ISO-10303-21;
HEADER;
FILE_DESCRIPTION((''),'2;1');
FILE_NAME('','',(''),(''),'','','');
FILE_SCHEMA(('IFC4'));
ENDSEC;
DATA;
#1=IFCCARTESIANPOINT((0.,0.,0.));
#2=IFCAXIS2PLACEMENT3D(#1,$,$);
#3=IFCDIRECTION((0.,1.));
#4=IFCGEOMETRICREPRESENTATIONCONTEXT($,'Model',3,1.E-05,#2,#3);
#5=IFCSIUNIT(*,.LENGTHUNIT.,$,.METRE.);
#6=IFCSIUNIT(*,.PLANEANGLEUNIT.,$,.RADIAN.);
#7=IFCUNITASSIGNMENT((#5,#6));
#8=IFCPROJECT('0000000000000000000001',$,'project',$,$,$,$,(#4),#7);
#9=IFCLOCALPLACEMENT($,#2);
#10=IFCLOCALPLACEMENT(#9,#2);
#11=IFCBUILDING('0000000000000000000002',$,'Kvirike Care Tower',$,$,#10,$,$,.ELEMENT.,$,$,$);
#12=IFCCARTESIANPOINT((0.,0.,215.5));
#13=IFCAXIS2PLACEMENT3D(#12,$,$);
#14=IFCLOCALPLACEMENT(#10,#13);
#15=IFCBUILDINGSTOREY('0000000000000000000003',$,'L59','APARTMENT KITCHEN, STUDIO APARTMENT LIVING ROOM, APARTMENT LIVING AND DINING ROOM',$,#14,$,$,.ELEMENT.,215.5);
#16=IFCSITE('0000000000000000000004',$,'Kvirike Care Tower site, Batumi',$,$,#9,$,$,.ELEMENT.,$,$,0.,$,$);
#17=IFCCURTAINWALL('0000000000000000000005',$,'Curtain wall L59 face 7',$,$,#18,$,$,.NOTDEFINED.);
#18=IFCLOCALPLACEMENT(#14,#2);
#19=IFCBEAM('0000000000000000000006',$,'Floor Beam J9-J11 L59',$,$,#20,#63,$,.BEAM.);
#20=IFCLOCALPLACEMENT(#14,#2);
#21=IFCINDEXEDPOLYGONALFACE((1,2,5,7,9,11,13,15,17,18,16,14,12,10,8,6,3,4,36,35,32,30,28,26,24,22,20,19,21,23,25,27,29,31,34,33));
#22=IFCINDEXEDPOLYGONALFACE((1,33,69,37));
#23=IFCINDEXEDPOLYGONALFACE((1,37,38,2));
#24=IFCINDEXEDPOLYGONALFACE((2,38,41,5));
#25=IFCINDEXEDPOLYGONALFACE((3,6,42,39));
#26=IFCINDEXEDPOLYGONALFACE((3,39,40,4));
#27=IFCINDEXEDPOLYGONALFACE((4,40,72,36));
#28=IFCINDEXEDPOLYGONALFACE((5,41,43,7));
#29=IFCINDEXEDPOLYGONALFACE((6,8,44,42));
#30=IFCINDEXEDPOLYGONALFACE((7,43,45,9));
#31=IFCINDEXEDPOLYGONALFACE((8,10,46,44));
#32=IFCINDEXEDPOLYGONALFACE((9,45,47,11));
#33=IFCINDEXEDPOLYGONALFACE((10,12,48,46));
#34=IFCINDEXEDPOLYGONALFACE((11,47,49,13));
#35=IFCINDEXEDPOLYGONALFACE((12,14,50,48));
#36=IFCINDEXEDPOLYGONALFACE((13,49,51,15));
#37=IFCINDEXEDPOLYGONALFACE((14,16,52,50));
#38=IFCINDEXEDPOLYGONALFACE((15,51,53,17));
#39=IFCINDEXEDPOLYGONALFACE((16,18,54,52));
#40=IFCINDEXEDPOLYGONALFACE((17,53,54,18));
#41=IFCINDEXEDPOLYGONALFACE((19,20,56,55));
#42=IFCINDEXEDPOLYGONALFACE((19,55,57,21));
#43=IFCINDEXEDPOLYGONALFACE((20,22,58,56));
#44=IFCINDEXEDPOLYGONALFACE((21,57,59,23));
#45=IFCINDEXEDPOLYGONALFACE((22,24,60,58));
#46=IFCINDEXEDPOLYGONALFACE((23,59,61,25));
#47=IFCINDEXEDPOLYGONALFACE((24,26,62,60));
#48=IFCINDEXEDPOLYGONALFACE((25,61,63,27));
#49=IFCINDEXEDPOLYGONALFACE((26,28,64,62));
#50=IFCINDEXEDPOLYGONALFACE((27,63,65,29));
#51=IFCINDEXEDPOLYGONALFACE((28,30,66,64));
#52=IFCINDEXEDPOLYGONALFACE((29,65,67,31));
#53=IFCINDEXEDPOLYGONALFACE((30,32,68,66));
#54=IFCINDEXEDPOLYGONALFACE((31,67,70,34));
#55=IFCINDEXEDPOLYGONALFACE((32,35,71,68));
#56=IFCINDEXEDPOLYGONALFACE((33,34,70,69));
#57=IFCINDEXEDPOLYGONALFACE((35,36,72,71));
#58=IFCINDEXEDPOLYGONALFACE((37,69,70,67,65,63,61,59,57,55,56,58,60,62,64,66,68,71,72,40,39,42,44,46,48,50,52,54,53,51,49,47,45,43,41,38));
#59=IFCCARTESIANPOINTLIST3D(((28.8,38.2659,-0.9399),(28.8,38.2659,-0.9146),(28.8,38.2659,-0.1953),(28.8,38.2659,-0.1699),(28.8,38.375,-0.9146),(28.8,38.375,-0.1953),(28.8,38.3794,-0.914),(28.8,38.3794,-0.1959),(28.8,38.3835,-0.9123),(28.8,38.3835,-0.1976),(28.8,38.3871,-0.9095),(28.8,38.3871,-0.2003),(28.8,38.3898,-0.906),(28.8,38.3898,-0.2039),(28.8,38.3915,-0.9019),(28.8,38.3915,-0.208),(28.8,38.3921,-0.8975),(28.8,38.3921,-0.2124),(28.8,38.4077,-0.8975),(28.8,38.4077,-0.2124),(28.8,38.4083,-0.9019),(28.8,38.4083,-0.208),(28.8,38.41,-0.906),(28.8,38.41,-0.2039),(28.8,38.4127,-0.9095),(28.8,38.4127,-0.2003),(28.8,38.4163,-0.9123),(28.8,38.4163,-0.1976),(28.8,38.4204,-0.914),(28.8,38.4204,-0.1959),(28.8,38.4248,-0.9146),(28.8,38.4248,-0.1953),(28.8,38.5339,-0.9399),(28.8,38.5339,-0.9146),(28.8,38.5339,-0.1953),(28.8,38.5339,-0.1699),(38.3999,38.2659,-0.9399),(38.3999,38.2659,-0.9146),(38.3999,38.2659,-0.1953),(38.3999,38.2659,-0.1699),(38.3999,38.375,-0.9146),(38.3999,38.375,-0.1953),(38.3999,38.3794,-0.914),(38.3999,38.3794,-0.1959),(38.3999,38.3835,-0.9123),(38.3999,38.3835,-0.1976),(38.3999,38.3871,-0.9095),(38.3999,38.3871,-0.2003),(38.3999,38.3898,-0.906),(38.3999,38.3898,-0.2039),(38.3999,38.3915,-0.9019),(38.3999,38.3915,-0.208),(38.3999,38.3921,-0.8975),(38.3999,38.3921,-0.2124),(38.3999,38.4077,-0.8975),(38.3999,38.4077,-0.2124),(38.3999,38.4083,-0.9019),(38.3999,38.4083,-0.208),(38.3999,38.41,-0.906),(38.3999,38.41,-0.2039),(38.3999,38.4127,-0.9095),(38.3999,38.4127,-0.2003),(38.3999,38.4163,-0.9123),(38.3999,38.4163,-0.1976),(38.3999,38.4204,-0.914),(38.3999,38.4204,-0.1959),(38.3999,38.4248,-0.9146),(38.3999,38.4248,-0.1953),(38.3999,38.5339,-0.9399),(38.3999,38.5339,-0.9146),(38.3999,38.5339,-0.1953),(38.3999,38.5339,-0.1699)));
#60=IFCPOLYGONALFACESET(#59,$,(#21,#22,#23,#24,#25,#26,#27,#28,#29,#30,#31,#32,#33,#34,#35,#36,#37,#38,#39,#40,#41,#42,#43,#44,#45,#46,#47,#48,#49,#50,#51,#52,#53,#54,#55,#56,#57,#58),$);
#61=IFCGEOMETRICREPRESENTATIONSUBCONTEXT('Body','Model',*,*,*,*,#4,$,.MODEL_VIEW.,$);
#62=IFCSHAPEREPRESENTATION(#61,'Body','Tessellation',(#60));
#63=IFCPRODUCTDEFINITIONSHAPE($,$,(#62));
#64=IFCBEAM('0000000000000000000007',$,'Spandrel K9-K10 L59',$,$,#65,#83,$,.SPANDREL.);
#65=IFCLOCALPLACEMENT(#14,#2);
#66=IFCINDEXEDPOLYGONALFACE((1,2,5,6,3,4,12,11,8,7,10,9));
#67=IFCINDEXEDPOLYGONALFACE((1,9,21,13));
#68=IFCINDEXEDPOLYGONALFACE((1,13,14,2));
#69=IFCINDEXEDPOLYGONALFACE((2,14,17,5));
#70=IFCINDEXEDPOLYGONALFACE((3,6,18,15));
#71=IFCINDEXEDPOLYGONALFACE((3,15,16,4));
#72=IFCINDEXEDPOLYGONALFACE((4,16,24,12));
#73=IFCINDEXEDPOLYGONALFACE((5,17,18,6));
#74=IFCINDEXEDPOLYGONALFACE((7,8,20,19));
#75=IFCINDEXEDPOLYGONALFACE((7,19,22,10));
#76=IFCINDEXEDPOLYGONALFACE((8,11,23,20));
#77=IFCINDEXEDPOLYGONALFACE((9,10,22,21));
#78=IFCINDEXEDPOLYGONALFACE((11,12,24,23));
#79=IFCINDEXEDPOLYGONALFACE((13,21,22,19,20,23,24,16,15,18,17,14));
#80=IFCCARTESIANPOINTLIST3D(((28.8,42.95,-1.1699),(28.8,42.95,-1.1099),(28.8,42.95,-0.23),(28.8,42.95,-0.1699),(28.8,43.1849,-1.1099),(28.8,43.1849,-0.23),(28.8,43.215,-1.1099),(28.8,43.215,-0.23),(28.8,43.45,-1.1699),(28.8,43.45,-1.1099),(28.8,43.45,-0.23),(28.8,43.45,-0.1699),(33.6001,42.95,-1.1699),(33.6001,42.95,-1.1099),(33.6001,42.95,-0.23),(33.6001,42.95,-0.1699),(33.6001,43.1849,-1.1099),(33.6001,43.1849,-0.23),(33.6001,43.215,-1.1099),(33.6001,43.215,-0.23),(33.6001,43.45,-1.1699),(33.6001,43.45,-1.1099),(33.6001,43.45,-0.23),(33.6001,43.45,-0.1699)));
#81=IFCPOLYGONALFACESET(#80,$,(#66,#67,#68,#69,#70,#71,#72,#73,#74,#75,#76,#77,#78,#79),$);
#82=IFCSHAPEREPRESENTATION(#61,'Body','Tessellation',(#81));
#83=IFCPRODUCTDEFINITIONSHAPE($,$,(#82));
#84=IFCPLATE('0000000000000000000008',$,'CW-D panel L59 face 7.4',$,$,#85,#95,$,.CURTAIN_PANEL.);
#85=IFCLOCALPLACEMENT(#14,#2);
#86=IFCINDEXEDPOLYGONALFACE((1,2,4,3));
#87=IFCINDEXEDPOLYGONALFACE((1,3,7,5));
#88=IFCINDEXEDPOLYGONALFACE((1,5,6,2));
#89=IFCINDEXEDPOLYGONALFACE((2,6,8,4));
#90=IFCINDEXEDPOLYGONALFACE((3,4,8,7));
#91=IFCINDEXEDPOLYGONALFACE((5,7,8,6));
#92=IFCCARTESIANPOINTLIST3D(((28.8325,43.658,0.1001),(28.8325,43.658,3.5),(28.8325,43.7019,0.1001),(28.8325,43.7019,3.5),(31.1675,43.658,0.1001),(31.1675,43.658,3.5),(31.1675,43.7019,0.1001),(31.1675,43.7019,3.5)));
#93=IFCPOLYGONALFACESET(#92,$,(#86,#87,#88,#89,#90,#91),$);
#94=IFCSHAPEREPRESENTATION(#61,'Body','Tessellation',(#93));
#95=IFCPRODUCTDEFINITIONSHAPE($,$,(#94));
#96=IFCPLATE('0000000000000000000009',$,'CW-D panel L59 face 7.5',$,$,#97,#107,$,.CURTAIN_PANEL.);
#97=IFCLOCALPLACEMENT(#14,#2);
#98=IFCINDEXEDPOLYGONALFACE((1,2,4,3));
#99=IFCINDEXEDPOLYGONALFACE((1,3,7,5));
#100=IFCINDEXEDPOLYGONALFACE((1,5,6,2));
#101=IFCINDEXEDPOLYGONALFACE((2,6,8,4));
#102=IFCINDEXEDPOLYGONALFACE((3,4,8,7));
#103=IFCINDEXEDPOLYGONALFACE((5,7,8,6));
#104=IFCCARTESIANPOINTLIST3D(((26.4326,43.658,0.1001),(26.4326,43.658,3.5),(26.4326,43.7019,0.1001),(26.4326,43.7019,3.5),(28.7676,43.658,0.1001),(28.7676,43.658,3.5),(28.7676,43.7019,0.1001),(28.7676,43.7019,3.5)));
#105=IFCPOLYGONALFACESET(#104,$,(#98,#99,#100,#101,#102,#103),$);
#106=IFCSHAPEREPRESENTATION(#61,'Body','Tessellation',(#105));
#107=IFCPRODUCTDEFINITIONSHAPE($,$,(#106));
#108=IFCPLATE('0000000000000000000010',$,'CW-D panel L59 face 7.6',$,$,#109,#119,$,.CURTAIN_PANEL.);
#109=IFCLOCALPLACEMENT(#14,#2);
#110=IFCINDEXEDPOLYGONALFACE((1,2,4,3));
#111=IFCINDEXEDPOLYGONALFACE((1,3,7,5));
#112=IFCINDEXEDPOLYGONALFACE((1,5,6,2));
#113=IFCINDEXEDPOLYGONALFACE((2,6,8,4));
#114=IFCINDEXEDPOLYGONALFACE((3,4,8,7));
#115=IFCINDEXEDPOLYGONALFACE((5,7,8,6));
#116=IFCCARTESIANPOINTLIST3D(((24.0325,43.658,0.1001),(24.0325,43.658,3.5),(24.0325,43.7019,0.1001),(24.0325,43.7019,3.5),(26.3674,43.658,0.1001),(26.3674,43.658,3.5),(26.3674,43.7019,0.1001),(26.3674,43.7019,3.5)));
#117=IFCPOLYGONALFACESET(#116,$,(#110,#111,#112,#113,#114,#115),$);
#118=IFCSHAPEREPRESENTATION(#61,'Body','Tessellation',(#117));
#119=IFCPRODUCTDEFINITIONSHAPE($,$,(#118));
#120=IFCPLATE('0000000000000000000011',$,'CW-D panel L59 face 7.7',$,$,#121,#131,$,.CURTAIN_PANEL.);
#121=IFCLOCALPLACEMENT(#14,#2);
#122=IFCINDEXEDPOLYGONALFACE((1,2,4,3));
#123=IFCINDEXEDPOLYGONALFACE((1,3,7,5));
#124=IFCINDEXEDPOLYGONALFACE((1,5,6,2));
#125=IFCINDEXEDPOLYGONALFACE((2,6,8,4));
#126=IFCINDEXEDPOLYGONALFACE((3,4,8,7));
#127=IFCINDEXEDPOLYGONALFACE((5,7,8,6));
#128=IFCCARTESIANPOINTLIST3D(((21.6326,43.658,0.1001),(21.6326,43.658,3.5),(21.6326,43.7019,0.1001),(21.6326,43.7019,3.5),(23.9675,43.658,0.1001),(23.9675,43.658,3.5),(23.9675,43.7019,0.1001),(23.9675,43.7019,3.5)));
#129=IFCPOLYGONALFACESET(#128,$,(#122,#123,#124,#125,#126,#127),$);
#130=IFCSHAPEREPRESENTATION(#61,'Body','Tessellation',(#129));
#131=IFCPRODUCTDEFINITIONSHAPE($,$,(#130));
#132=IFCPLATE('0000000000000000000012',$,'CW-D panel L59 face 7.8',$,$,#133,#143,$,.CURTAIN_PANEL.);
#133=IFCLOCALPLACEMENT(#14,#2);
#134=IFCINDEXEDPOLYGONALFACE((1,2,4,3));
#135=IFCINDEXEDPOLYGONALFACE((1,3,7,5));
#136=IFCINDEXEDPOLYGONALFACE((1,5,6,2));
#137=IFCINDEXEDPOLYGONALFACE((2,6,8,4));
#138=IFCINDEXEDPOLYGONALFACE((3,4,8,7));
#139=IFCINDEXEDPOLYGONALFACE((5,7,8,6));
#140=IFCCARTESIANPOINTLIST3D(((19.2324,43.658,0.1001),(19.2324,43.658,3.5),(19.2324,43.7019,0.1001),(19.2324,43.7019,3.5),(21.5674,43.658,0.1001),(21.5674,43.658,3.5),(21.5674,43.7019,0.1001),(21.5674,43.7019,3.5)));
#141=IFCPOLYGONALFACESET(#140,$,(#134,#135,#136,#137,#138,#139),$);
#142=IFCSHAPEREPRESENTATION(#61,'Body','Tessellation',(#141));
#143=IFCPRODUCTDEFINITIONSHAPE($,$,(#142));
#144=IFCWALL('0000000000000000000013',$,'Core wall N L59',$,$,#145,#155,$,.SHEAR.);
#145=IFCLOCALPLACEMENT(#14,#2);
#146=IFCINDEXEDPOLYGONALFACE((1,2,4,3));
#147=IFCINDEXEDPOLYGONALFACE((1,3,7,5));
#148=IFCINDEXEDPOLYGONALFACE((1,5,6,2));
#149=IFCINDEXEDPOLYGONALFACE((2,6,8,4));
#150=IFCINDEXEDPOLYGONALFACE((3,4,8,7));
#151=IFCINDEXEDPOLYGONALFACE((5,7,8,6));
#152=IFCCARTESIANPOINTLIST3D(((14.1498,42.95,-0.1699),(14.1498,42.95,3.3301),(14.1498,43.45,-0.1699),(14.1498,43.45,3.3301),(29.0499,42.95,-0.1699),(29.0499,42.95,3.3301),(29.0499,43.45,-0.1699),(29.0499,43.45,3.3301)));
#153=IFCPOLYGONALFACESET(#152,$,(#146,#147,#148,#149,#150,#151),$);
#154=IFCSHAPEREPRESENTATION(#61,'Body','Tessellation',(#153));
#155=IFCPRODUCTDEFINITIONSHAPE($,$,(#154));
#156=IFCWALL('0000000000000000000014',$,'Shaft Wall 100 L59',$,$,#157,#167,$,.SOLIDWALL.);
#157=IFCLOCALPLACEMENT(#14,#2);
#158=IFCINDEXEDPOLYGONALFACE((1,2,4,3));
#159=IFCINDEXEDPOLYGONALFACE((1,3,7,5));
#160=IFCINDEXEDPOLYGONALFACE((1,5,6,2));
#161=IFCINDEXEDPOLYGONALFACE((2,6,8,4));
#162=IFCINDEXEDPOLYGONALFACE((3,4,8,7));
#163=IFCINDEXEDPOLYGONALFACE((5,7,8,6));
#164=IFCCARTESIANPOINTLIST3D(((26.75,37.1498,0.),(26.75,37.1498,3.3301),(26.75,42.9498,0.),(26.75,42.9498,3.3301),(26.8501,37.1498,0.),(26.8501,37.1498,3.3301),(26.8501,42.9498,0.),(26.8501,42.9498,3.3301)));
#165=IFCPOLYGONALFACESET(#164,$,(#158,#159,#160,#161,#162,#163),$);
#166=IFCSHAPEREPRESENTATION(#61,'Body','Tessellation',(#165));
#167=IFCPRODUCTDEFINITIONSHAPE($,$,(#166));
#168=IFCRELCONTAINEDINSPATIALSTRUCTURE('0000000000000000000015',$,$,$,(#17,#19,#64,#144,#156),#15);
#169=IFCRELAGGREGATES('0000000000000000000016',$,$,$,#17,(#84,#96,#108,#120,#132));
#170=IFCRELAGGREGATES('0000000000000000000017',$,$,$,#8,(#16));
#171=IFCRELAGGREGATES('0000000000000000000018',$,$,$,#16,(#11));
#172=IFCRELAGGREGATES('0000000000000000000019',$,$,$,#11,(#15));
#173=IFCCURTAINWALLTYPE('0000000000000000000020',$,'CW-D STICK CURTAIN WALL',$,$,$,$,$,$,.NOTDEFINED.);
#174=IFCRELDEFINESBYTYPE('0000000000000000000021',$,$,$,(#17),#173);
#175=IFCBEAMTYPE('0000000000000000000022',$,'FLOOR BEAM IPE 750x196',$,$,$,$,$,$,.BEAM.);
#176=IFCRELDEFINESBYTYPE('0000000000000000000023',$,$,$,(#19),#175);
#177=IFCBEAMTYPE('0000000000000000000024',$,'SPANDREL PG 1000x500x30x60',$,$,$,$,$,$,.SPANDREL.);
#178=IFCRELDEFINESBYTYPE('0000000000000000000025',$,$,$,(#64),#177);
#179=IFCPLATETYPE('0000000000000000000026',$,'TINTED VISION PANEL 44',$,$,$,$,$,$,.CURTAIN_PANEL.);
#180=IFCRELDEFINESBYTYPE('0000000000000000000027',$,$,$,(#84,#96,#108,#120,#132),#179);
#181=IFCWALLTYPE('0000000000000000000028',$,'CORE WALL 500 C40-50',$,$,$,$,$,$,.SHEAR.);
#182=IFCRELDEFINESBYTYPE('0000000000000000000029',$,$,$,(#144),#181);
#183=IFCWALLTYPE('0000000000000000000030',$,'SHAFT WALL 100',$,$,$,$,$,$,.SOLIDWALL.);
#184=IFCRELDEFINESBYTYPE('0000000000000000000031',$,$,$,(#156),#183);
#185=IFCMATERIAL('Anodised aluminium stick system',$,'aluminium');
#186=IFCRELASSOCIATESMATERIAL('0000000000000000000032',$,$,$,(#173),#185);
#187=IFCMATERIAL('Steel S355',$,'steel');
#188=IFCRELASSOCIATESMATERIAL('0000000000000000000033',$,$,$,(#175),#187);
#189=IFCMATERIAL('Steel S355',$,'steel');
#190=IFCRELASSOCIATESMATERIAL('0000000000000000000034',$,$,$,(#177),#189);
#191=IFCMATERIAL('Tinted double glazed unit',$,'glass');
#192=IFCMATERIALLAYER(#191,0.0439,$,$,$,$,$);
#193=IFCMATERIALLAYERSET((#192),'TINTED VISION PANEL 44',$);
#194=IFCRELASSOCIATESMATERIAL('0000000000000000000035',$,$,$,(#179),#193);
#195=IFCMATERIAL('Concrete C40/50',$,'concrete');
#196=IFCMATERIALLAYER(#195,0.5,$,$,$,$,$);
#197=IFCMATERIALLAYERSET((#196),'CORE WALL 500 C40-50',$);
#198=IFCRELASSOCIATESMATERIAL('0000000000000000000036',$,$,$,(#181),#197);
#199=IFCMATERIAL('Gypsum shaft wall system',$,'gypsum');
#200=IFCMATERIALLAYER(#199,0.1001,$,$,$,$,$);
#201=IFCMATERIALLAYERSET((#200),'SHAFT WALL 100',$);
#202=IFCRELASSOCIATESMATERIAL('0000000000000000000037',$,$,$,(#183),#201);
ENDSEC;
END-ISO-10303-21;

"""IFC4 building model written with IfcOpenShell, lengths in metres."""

from ifc_helpers import new_model, si_unit, direction, frame, frame_2d, origin, origin_2d, place, context, subcontext, project, spatial, rectangle, i_section, extrude, material, layer, layer_set, material_profile, profile_set, type_object, element, aggregate, save


model = new_model("IFC4")

# Units and contexts
model_context = context("Model", 3, precision=1e-05, world=origin(), true_north=direction((0.0, 1.0)))
body_context = subcontext(model_context, "Body", "Model", "MODEL_VIEW")
ifc_project = project(units=[si_unit("LENGTHUNIT", "METRE"), si_unit("PLANEANGLEUNIT", "RADIAN")], contexts=[model_context])

# Site, building, storey
site_placement = place(None, origin())
site = spatial("IfcSite", under=ifc_project, at=site_placement, Name="Kvirike Care Tower site, Batumi", CompositionType="ELEMENT", RefElevation=0.0)
building_placement = place(site_placement, origin())
building = spatial("IfcBuilding", under=site, at=building_placement, Name="Kvirike Care Tower", CompositionType="ELEMENT")
storey_placement = place(building_placement, frame((0.0, 0.0, 215.5)))
storey = spatial("IfcBuildingStorey", under=building, at=storey_placement, Name="L59", Description="APARTMENT KITCHEN, STUDIO APARTMENT LIVING ROOM, APARTMENT LIVING AND DINING ROOM", CompositionType="ELEMENT", Elevation=215.5)

# Curtain wall
ifc_material_1 = material(Name="Anodised aluminium stick system", Category="aluminium")
curtain_wall_type = type_object("IfcCurtainWallType", Name="CW-D STICK CURTAIN WALL", PredefinedType="NOTDEFINED", material=ifc_material_1)
curtain_wall_placement = place(storey_placement, origin())
curtain_wall = element("IfcCurtainWall", 1, at=curtain_wall_placement, inside=storey, type_object=curtain_wall_type, Name="Curtain wall L59 face 7", PredefinedType="NOTDEFINED")

# Beams
ifc_material_2 = material(Name="Steel S355", Category="steel")
ifc_material_profile_1 = material_profile(ifc_material_2, i_section(OverallWidth=0.2681, OverallDepth=0.77, WebThickness=0.0156, FlangeThickness=0.0254, FilletRadius=0.0171, at=origin_2d()), Name="IPE 750x196")
ifc_profile_set_1 = profile_set([ifc_material_profile_1], Name="Steel S355")
beam_type_1 = type_object("IfcBeamType", Name="FLOOR BEAM IPE 750x196", PredefinedType="BEAM", material=ifc_profile_set_1)
for number, where, z_axis, x_axis, name in (
    (2, (28.8, 38.3999, -0.5549), (1.0, 0.0, 0.0), (0.0, 1.0, 0.0), "Floor Beam J9-J11 L59"),
):
    element("IfcBeam", number, at=place(storey_placement, frame(where, z_axis=z_axis, x_axis=x_axis)), inside=storey, type_object=beam_type_1, Name=name, PredefinedType="BEAM", context=body_context, shape_type="SweptSolid", body=[
        extrude(i_section(OverallWidth=0.2681, OverallDepth=0.77, WebThickness=0.0156, FlangeThickness=0.0254, FilletRadius=0.0171, at=origin_2d()), origin(), (0.0, 0.0, 1.0), 9.5999),
    ])
ifc_material_3 = material(Name="Steel S355", Category="steel")
ifc_material_profile_2 = material_profile(ifc_material_3, i_section(OverallWidth=0.5, OverallDepth=1.0, WebThickness=0.03, FlangeThickness=0.0601, at=origin_2d()), Name="PG 1000x500x30x60")
ifc_profile_set_2 = profile_set([ifc_material_profile_2], Name="Steel S355")
beam_type_2 = type_object("IfcBeamType", Name="SPANDREL PG 1000x500x30x60", PredefinedType="SPANDREL", material=ifc_profile_set_2)
beam_placement = place(storey_placement, frame((28.8, 43.2, -0.6699), z_axis=(1.0, 0.0, 0.0), x_axis=(0.0, 1.0, 0.0)))
element("IfcBeam", 3, at=beam_placement, inside=storey, type_object=beam_type_2, Name="Spandrel K9-K10 L59", PredefinedType="SPANDREL", context=body_context, shape_type="SweptSolid", body=[
    extrude(i_section(OverallWidth=0.5, OverallDepth=1.0, WebThickness=0.03, FlangeThickness=0.0601, at=origin_2d()), origin(), (0.0, 0.0, 1.0), 4.8),
])

# Plates
ifc_material_4 = material(Name="Tinted double glazed unit", Category="glass")
ifc_layer_1 = layer(ifc_material_4, 0.0439)
ifc_layer_set_1 = layer_set([ifc_layer_1], Name="TINTED VISION PANEL 44")
plate_type = type_object("IfcPlateType", Name="TINTED VISION PANEL 44", PredefinedType="CURTAIN_PANEL", material=ifc_layer_set_1)
plate_1_placement = place(storey_placement, frame((30.0, 43.6799, 0.1001), z_axis=(0.0, 0.0, 1.0), x_axis=(-1.0, 0.0, 0.0)))
plate_1 = element("IfcPlate", 4, at=plate_1_placement, type_object=plate_type, Name="CW-D panel L59 face 7.4", PredefinedType="CURTAIN_PANEL", context=body_context, shape_type="SweptSolid", body=[
    extrude(rectangle(XDim=2.335, YDim=0.0439, at=origin_2d()), origin(), (0.0, 0.0, 1.0), 3.3999),
])
plate_2_placement = place(storey_placement, frame((27.6001, 43.6799, 0.1001), z_axis=(0.0, 0.0, 1.0), x_axis=(-1.0, 0.0, 0.0)))
plate_2 = element("IfcPlate", 5, at=plate_2_placement, type_object=plate_type, Name="CW-D panel L59 face 7.5", PredefinedType="CURTAIN_PANEL", context=body_context, shape_type="SweptSolid", body=[
    extrude(rectangle(XDim=2.335, YDim=0.0439, at=origin_2d()), origin(), (0.0, 0.0, 1.0), 3.3999),
])
plate_3_placement = place(storey_placement, frame((25.2, 43.6799, 0.1001), z_axis=(0.0, 0.0, 1.0), x_axis=(-1.0, 0.0, 0.0)))
plate_3 = element("IfcPlate", 6, at=plate_3_placement, type_object=plate_type, Name="CW-D panel L59 face 7.6", PredefinedType="CURTAIN_PANEL", context=body_context, shape_type="SweptSolid", body=[
    extrude(rectangle(XDim=2.335, YDim=0.0439, at=origin_2d()), origin(), (0.0, 0.0, 1.0), 3.3999),
])
plate_4_placement = place(storey_placement, frame((22.8, 43.6799, 0.1001), z_axis=(0.0, 0.0, 1.0), x_axis=(-1.0, 0.0, 0.0)))
plate_4 = element("IfcPlate", 7, at=plate_4_placement, type_object=plate_type, Name="CW-D panel L59 face 7.7", PredefinedType="CURTAIN_PANEL", context=body_context, shape_type="SweptSolid", body=[
    extrude(rectangle(XDim=2.335, YDim=0.0439, at=origin_2d()), origin(), (0.0, 0.0, 1.0), 3.3999),
])
plate_5_placement = place(storey_placement, frame((20.3999, 43.6799, 0.1001), z_axis=(0.0, 0.0, 1.0), x_axis=(-1.0, 0.0, 0.0)))
plate_5 = element("IfcPlate", 8, at=plate_5_placement, type_object=plate_type, Name="CW-D panel L59 face 7.8", PredefinedType="CURTAIN_PANEL", context=body_context, shape_type="SweptSolid", body=[
    extrude(rectangle(XDim=2.335, YDim=0.0439, at=origin_2d()), origin(), (0.0, 0.0, 1.0), 3.3999),
])
aggregate(curtain_wall, [plate_1, plate_2, plate_3, plate_4, plate_5])

# Walls
ifc_material_5 = material(Name="Concrete C40/50", Category="concrete")
ifc_layer_2 = layer(ifc_material_5, 0.5)
ifc_layer_set_2 = layer_set([ifc_layer_2], Name="CORE WALL 500 C40-50")
wall_type_1 = type_object("IfcWallType", Name="CORE WALL 500 C40-50", PredefinedType="SHEAR", material=ifc_layer_set_2)
wall_1_placement = place(storey_placement, frame((29.05, 43.2, -0.1699), z_axis=(0.0, 0.0, 1.0), x_axis=(-1.0, 0.0, 0.0)))
element("IfcWall", 9, at=wall_1_placement, inside=storey, type_object=wall_type_1, Name="Core wall N L59", PredefinedType="SHEAR", context=body_context, shape_type="SweptSolid", body=[
    extrude(rectangle(XDim=14.9001, YDim=0.5, at=frame_2d((7.4502, 0.0))), origin(), (0.0, 0.0, 1.0), 3.5),
])
ifc_material_6 = material(Name="Gypsum shaft wall system", Category="gypsum")
ifc_layer_3 = layer(ifc_material_6, 0.1001)
ifc_layer_set_3 = layer_set([ifc_layer_3], Name="SHAFT WALL 100")
wall_type_2 = type_object("IfcWallType", Name="SHAFT WALL 100", PredefinedType="SOLIDWALL", material=ifc_layer_set_3)
wall_2_placement = place(storey_placement, frame((26.8, 37.1499, 0.0), z_axis=(0.0, 0.0, 1.0), x_axis=(0.0, 1.0, 0.0)))
element("IfcWall", 10, at=wall_2_placement, inside=storey, type_object=wall_type_2, Name="Shaft Wall 100 L59", PredefinedType="SOLIDWALL", context=body_context, shape_type="SweptSolid", body=[
    extrude(rectangle(XDim=5.8, YDim=0.1001, at=frame_2d((2.8999, 0.0))), origin(), (0.0, 0.0, 1.0), 3.3301),
])

save(model, "model.ifc")
